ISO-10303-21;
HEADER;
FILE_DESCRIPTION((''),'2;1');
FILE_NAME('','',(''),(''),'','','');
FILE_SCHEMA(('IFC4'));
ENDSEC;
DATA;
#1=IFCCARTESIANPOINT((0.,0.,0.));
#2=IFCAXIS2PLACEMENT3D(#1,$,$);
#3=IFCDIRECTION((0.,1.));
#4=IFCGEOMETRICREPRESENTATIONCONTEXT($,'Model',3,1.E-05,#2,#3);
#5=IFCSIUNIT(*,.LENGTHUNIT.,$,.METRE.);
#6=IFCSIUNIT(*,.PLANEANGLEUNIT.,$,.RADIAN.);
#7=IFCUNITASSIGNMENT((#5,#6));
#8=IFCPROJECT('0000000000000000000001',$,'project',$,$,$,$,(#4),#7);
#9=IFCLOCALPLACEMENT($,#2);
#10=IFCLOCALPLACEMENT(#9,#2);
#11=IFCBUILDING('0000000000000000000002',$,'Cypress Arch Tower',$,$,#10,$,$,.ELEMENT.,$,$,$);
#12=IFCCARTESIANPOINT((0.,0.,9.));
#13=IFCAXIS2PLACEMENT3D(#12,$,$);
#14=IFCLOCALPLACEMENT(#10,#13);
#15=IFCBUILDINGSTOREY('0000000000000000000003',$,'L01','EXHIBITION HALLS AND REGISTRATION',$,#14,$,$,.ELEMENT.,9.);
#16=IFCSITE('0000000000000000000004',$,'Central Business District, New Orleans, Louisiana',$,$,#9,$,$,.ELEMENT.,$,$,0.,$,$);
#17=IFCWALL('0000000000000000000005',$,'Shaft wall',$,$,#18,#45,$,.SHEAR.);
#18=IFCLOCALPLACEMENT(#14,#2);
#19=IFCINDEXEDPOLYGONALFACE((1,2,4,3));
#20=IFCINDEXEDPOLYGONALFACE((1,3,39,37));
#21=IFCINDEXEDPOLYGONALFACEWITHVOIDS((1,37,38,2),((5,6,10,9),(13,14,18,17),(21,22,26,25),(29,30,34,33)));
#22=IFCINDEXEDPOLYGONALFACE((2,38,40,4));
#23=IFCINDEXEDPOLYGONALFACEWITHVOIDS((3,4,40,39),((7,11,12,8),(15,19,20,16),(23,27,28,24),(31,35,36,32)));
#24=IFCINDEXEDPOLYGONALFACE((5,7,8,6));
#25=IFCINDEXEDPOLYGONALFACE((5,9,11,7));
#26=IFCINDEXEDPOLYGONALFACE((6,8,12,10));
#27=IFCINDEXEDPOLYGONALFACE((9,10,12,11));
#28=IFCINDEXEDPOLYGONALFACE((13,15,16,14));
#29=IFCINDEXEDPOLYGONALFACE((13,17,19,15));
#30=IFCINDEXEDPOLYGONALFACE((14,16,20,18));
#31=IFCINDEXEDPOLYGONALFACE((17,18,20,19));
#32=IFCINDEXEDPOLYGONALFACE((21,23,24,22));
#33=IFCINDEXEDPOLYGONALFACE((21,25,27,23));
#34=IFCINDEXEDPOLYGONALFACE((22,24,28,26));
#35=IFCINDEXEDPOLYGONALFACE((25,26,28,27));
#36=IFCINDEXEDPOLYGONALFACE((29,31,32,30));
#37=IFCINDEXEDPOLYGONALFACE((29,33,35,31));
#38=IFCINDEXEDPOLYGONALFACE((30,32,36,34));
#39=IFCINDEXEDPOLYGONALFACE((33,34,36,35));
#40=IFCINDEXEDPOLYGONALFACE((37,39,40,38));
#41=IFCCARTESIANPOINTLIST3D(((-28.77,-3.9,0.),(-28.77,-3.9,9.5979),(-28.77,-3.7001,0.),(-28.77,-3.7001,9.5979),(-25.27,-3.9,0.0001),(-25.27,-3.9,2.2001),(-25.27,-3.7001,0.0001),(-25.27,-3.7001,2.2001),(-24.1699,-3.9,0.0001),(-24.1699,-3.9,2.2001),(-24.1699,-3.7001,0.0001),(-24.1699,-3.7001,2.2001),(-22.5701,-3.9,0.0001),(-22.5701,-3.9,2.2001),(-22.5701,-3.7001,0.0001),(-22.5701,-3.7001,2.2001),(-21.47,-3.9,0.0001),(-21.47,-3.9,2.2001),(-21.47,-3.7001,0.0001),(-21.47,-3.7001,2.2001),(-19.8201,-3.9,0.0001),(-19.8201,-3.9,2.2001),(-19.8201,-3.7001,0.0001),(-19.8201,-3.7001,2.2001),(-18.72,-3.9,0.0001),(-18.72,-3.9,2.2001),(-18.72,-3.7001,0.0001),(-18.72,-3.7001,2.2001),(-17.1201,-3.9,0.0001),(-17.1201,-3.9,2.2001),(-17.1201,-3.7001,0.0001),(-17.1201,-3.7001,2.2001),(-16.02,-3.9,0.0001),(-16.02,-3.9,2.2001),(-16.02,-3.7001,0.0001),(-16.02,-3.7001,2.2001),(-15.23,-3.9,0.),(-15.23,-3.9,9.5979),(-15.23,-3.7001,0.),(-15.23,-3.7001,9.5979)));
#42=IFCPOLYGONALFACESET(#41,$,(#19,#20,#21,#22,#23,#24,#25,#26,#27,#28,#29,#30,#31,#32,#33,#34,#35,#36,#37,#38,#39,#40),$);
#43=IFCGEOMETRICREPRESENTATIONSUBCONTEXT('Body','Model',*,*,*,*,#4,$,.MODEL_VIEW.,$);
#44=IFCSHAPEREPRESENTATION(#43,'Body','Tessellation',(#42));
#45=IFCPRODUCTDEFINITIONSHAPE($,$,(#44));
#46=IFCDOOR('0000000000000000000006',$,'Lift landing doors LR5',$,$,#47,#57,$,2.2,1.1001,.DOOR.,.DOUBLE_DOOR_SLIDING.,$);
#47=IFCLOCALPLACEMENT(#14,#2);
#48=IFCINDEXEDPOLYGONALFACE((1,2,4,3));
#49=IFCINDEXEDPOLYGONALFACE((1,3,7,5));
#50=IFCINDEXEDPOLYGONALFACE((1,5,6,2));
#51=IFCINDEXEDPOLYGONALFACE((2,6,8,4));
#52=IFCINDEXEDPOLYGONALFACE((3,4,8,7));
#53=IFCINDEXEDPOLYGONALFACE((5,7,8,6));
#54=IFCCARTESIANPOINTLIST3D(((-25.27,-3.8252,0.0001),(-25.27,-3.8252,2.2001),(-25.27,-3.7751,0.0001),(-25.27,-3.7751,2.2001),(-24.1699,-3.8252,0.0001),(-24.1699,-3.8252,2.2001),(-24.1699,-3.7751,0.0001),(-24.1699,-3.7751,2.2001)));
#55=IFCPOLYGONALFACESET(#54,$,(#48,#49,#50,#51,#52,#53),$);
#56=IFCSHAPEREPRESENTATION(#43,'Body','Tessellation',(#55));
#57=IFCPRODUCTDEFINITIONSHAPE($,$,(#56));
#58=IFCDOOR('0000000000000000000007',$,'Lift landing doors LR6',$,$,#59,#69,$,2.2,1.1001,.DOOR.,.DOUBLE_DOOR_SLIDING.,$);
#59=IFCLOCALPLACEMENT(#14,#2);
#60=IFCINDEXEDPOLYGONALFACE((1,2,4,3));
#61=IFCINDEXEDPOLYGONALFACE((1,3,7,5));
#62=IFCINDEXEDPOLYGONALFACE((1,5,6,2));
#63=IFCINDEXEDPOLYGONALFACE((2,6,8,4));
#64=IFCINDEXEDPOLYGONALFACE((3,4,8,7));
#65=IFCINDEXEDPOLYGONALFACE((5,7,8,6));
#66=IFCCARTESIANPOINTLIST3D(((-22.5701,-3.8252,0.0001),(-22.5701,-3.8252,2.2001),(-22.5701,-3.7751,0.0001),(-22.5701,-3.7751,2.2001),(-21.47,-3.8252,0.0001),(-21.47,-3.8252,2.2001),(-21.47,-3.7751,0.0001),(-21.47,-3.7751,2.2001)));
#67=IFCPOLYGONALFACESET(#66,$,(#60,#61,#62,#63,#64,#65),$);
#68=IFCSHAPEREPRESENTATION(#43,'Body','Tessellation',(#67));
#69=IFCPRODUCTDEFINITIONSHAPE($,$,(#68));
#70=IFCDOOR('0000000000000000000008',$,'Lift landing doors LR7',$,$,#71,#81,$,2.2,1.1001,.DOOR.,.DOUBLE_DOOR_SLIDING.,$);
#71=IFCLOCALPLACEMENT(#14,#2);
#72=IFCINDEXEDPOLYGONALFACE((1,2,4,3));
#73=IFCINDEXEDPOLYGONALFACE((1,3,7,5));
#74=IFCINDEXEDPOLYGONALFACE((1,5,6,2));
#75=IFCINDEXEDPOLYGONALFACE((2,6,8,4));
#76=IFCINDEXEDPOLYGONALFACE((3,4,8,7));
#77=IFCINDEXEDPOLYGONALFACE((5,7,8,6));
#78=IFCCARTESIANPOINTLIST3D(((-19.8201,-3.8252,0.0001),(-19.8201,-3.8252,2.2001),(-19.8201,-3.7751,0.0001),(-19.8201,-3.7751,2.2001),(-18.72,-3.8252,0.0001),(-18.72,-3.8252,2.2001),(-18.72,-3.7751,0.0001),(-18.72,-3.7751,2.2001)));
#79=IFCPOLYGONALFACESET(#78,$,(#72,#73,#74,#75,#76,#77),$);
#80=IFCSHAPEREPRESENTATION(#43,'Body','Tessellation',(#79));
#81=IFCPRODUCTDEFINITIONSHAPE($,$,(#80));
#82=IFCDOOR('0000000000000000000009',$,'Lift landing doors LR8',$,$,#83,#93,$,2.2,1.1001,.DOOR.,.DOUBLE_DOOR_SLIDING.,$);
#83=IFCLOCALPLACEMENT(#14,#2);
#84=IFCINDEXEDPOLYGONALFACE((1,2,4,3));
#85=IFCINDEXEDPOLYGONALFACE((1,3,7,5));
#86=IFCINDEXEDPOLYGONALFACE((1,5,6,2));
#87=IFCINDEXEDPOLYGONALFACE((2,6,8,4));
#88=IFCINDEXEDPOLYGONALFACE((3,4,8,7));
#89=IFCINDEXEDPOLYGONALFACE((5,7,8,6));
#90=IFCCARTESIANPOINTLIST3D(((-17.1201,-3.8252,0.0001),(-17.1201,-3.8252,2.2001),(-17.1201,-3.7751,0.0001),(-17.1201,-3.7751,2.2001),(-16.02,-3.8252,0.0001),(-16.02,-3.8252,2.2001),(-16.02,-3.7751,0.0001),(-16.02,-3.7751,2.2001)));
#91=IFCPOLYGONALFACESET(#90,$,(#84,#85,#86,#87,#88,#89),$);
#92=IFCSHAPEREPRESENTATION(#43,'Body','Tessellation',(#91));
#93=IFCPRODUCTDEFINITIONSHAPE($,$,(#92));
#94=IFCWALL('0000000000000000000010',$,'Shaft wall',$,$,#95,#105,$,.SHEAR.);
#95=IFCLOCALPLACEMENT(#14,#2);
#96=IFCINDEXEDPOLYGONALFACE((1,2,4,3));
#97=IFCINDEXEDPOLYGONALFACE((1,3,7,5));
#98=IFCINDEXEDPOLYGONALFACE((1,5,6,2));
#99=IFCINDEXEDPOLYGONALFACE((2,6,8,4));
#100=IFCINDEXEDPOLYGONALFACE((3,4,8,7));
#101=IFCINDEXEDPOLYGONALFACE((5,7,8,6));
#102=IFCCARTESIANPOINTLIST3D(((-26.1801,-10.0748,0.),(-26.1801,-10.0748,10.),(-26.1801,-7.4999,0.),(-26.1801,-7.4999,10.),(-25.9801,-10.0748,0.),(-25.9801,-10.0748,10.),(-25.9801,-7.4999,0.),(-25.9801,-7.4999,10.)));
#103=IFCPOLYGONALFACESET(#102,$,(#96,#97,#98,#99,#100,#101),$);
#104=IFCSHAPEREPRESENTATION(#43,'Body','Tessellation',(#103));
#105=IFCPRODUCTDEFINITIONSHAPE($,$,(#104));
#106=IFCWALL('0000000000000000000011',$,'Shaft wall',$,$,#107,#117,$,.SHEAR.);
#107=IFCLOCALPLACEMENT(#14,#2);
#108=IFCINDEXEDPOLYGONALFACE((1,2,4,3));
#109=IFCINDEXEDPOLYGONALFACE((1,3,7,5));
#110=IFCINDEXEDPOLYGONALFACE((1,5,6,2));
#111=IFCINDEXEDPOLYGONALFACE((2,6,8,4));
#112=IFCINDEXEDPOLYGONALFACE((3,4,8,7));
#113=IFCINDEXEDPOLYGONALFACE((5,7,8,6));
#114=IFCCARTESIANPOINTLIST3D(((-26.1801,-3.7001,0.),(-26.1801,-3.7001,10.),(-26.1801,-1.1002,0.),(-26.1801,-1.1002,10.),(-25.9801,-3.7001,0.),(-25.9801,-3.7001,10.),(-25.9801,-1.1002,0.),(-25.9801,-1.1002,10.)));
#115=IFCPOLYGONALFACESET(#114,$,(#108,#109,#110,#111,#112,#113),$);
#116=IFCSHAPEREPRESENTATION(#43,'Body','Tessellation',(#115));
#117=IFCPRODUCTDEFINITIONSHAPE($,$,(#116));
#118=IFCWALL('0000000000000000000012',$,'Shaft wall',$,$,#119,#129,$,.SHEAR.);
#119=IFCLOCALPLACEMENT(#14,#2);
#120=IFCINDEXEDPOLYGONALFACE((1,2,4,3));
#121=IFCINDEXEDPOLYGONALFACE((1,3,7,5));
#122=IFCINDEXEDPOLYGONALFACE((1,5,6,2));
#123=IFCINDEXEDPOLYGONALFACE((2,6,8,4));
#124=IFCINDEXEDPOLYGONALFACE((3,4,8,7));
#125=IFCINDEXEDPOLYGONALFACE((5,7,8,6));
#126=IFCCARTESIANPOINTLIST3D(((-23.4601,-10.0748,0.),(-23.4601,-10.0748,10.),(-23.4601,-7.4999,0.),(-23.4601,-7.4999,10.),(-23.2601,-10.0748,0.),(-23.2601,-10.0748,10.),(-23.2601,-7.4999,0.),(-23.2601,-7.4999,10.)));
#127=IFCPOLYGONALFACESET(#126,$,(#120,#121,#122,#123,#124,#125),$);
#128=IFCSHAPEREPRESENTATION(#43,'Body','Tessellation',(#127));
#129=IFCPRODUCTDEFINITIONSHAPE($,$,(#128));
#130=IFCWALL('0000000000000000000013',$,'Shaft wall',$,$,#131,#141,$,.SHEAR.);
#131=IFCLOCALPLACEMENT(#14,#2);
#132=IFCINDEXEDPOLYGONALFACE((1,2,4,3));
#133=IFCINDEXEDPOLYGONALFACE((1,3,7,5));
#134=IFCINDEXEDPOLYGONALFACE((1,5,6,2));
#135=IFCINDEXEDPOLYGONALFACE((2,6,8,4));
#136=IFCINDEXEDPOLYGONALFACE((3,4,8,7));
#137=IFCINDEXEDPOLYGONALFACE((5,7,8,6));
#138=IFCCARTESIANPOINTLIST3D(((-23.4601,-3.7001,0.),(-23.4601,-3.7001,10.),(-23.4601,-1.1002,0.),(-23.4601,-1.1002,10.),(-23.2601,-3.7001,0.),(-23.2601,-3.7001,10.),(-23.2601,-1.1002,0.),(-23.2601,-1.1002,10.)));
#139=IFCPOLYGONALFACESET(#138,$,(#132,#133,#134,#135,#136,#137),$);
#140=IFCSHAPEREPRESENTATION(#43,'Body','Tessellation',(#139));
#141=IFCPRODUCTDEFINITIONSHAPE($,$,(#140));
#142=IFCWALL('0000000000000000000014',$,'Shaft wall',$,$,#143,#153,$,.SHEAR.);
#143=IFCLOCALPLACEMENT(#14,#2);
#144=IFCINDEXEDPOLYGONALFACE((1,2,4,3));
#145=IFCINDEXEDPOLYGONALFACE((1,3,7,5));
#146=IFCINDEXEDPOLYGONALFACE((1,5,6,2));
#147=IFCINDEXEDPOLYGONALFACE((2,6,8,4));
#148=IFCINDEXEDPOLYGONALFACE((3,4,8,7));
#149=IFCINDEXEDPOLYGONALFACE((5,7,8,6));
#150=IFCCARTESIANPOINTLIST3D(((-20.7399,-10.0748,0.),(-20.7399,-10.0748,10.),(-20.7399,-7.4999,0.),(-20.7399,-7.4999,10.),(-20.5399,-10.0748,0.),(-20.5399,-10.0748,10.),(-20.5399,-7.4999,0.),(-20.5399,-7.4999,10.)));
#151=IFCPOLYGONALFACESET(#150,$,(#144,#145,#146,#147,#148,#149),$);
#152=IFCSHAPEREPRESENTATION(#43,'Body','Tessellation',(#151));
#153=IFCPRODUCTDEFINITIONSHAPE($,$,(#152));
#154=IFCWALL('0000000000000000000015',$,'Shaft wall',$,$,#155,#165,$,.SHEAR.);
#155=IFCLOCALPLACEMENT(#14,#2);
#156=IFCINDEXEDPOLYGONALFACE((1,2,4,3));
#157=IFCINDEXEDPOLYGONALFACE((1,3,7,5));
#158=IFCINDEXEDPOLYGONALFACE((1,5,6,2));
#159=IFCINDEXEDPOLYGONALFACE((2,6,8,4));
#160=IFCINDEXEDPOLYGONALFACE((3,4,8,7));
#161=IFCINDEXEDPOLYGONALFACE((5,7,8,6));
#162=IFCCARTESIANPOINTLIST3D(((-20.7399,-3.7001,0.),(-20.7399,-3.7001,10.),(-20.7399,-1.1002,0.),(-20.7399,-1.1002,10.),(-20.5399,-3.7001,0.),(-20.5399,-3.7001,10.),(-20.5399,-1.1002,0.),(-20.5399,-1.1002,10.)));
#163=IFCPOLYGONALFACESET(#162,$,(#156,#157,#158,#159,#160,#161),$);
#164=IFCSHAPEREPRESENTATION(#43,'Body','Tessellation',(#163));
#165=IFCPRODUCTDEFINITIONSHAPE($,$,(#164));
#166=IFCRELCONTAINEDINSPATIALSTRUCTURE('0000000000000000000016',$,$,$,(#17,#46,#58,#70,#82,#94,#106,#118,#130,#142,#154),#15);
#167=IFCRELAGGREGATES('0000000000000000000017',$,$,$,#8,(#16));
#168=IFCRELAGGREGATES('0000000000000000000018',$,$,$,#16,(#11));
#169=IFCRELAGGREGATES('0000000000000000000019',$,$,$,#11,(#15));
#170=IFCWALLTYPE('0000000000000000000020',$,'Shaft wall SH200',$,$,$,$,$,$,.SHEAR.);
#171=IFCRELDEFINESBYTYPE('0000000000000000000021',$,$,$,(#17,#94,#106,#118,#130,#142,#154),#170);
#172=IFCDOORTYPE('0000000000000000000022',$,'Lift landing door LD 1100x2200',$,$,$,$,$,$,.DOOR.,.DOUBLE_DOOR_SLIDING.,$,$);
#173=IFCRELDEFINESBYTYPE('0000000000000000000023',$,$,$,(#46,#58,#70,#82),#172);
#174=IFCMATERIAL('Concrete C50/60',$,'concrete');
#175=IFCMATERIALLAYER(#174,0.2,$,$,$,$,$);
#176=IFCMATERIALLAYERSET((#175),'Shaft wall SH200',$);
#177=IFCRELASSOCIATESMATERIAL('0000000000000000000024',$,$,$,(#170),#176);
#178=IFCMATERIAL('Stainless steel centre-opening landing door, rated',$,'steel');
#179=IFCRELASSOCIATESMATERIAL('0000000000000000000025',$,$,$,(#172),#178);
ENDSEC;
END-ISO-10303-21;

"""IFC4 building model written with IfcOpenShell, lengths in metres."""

from ifc_helpers import new_model, si_unit, direction, frame, frame_2d, origin, place, context, subcontext, project, spatial, rectangle, extrude, material, layer, layer_set, type_object, element, fill, save


model = new_model("IFC4")

# Units and contexts
model_context = context("Model", 3, precision=1e-05, world=origin(), true_north=direction((0.0, 1.0)))
body_context = subcontext(model_context, "Body", "Model", "MODEL_VIEW")
ifc_project = project(units=[si_unit("LENGTHUNIT", "METRE"), si_unit("PLANEANGLEUNIT", "RADIAN")], contexts=[model_context])

# Site, building, storey
site_placement = place(None, origin())
site = spatial("IfcSite", under=ifc_project, at=site_placement, Name="Central Business District, New Orleans, Louisiana", CompositionType="ELEMENT", RefElevation=0.0)
building_placement = place(site_placement, origin())
building = spatial("IfcBuilding", under=site, at=building_placement, Name="Cypress Arch Tower", CompositionType="ELEMENT")
storey_placement = place(building_placement, frame((0.0, 0.0, 9.0)))
storey = spatial("IfcBuildingStorey", under=building, at=storey_placement, Name="L01", Description="EXHIBITION HALLS AND REGISTRATION", CompositionType="ELEMENT", Elevation=9.0)

# Wall, openings, doors
ifc_material_1 = material(Name="Concrete C50/60", Category="concrete")
ifc_layer_1 = layer(ifc_material_1, 0.2)
ifc_layer_set_1 = layer_set([ifc_layer_1], Name="Shaft wall SH200")
wall_type_1 = type_object("IfcWallType", Name="Shaft wall SH200", PredefinedType="SHEAR", material=ifc_layer_set_1)
ifc_material_2 = material(Name="Stainless steel centre-opening landing door, rated", Category="steel")
door_type = type_object("IfcDoorType", Name="Lift landing door LD 1100x2200", OperationType="DOUBLE_DOOR_SLIDING", PredefinedType="DOOR", material=ifc_material_2)
wall_1_placement = place(storey_placement, frame((-28.77, -3.8, 0.0), z_axis=(0.0, 0.0, 1.0), x_axis=(1.0, 0.0, 0.0)))
wall_1 = element("IfcWall", 1, at=wall_1_placement, inside=storey, type_object=wall_type_1, Name="Shaft wall", PredefinedType="SHEAR", context=body_context, shape_type="SweptSolid", body=[
    extrude(rectangle(XDim=13.54, YDim=0.2, at=frame_2d((6.77, 0.0))), origin(), (0.0, 0.0, 1.0), 9.5979),
])
opening_1_placement = place(wall_1_placement, frame((3.5, 0.0, 0.0)))
opening_1 = element("IfcOpeningElement", 2, at=opening_1_placement, cuts=wall_1, PredefinedType="OPENING", context=body_context, shape_type="SweptSolid", body=[
    extrude(rectangle(XDim=1.1001, YDim=2.2, at=frame_2d((0.55, 1.1001))), frame((0.0, 0.1099, 0.0), z_axis=(0.0, -1.0, 0.0), x_axis=(1.0, 0.0, 0.0)), (0.0, 0.0, 1.0), 0.22),
])
opening_2_placement = place(wall_1_placement, frame((6.2, 0.0, 0.0)))
opening_2 = element("IfcOpeningElement", 3, at=opening_2_placement, cuts=wall_1, PredefinedType="OPENING", context=body_context, shape_type="SweptSolid", body=[
    extrude(rectangle(XDim=1.1001, YDim=2.2, at=frame_2d((0.55, 1.1001))), frame((0.0, 0.1099, 0.0), z_axis=(0.0, -1.0, 0.0), x_axis=(1.0, 0.0, 0.0)), (0.0, 0.0, 1.0), 0.22),
])
opening_3_placement = place(wall_1_placement, frame((8.95, 0.0, 0.0)))
opening_3 = element("IfcOpeningElement", 4, at=opening_3_placement, cuts=wall_1, PredefinedType="OPENING", context=body_context, shape_type="SweptSolid", body=[
    extrude(rectangle(XDim=1.1001, YDim=2.2, at=frame_2d((0.55, 1.1001))), frame((0.0, 0.1099, 0.0), z_axis=(0.0, -1.0, 0.0), x_axis=(1.0, 0.0, 0.0)), (0.0, 0.0, 1.0), 0.22),
])
opening_4_placement = place(wall_1_placement, frame((11.6499, 0.0, 0.0)))
opening_4 = element("IfcOpeningElement", 5, at=opening_4_placement, cuts=wall_1, PredefinedType="OPENING", context=body_context, shape_type="SweptSolid", body=[
    extrude(rectangle(XDim=1.1001, YDim=2.2, at=frame_2d((0.55, 1.1001))), frame((0.0, 0.1099, 0.0), z_axis=(0.0, -1.0, 0.0), x_axis=(1.0, 0.0, 0.0)), (0.0, 0.0, 1.0), 0.22),
])
door_1_placement = place(opening_1_placement, origin())
door_1 = element("IfcDoor", 6, at=door_1_placement, inside=storey, type_object=door_type, Name="Lift landing doors LR5", OperationType="DOUBLE_DOOR_SLIDING", OverallHeight=2.2, OverallWidth=1.1001, PredefinedType="DOOR", context=body_context, shape_type="SweptSolid", body=[
    extrude(rectangle(XDim=1.1001, YDim=2.2, at=frame_2d((0.55, 1.1001))), frame((0.0, 0.0249, 0.0), z_axis=(0.0, -1.0, 0.0), x_axis=(1.0, 0.0, 0.0)), (0.0, 0.0, 1.0), 0.05),
])
fill(opening_1, door_1)
door_2_placement = place(opening_2_placement, origin())
door_2 = element("IfcDoor", 7, at=door_2_placement, inside=storey, type_object=door_type, Name="Lift landing doors LR6", OperationType="DOUBLE_DOOR_SLIDING", OverallHeight=2.2, OverallWidth=1.1001, PredefinedType="DOOR", context=body_context, shape_type="SweptSolid", body=[
    extrude(rectangle(XDim=1.1001, YDim=2.2, at=frame_2d((0.55, 1.1001))), frame((0.0, 0.0249, 0.0), z_axis=(0.0, -1.0, 0.0), x_axis=(1.0, 0.0, 0.0)), (0.0, 0.0, 1.0), 0.05),
])
fill(opening_2, door_2)
door_3_placement = place(opening_3_placement, origin())
door_3 = element("IfcDoor", 8, at=door_3_placement, inside=storey, type_object=door_type, Name="Lift landing doors LR7", OperationType="DOUBLE_DOOR_SLIDING", OverallHeight=2.2, OverallWidth=1.1001, PredefinedType="DOOR", context=body_context, shape_type="SweptSolid", body=[
    extrude(rectangle(XDim=1.1001, YDim=2.2, at=frame_2d((0.55, 1.1001))), frame((0.0, 0.0249, 0.0), z_axis=(0.0, -1.0, 0.0), x_axis=(1.0, 0.0, 0.0)), (0.0, 0.0, 1.0), 0.05),
])
fill(opening_3, door_3)
door_4_placement = place(opening_4_placement, origin())
door_4 = element("IfcDoor", 9, at=door_4_placement, inside=storey, type_object=door_type, Name="Lift landing doors LR8", OperationType="DOUBLE_DOOR_SLIDING", OverallHeight=2.2, OverallWidth=1.1001, PredefinedType="DOOR", context=body_context, shape_type="SweptSolid", body=[
    extrude(rectangle(XDim=1.1001, YDim=2.2, at=frame_2d((0.55, 1.1001))), frame((0.0, 0.0249, 0.0), z_axis=(0.0, -1.0, 0.0), x_axis=(1.0, 0.0, 0.0)), (0.0, 0.0, 1.0), 0.05),
])
fill(opening_4, door_4)

# Walls
wall_2_placement = place(storey_placement, frame((-26.0801, -10.075, 0.0), z_axis=(0.0, 0.0, 1.0), x_axis=(0.0, 1.0, 0.0)))
element("IfcWall", 10, at=wall_2_placement, inside=storey, type_object=wall_type_1, Name="Shaft wall", PredefinedType="SHEAR", context=body_context, shape_type="SweptSolid", body=[
    extrude(rectangle(XDim=2.575, YDim=0.2, at=frame_2d((1.2876, 0.0))), origin(), (0.0, 0.0, 1.0), 10.0),
])
wall_3_placement = place(storey_placement, frame((-26.0801, -3.7, 0.0), z_axis=(0.0, 0.0, 1.0), x_axis=(0.0, 1.0, 0.0)))
element("IfcWall", 11, at=wall_3_placement, inside=storey, type_object=wall_type_1, Name="Shaft wall", PredefinedType="SHEAR", context=body_context, shape_type="SweptSolid", body=[
    extrude(rectangle(XDim=2.5999, YDim=0.2, at=frame_2d((1.2998, 0.0))), origin(), (0.0, 0.0, 1.0), 10.0),
])
wall_4_placement = place(storey_placement, frame((-23.3601, -10.075, 0.0), z_axis=(0.0, 0.0, 1.0), x_axis=(0.0, 1.0, 0.0)))
element("IfcWall", 12, at=wall_4_placement, inside=storey, type_object=wall_type_1, Name="Shaft wall", PredefinedType="SHEAR", context=body_context, shape_type="SweptSolid", body=[
    extrude(rectangle(XDim=2.575, YDim=0.2, at=frame_2d((1.2876, 0.0))), origin(), (0.0, 0.0, 1.0), 10.0),
])
wall_5_placement = place(storey_placement, frame((-23.3601, -3.7, 0.0), z_axis=(0.0, 0.0, 1.0), x_axis=(0.0, 1.0, 0.0)))
element("IfcWall", 13, at=wall_5_placement, inside=storey, type_object=wall_type_1, Name="Shaft wall", PredefinedType="SHEAR", context=body_context, shape_type="SweptSolid", body=[
    extrude(rectangle(XDim=2.5999, YDim=0.2, at=frame_2d((1.2998, 0.0))), origin(), (0.0, 0.0, 1.0), 10.0),
])
wall_6_placement = place(storey_placement, frame((-20.6399, -10.075, 0.0), z_axis=(0.0, 0.0, 1.0), x_axis=(0.0, 1.0, 0.0)))
element("IfcWall", 14, at=wall_6_placement, inside=storey, type_object=wall_type_1, Name="Shaft wall", PredefinedType="SHEAR", context=body_context, shape_type="SweptSolid", body=[
    extrude(rectangle(XDim=2.575, YDim=0.2, at=frame_2d((1.2876, 0.0))), origin(), (0.0, 0.0, 1.0), 10.0),
])
wall_7_placement = place(storey_placement, frame((-20.6399, -3.7, 0.0), z_axis=(0.0, 0.0, 1.0), x_axis=(0.0, 1.0, 0.0)))
element("IfcWall", 15, at=wall_7_placement, inside=storey, type_object=wall_type_1, Name="Shaft wall", PredefinedType="SHEAR", context=body_context, shape_type="SweptSolid", body=[
    extrude(rectangle(XDim=2.5999, YDim=0.2, at=frame_2d((1.2998, 0.0))), origin(), (0.0, 0.0, 1.0), 10.0),
])

save(model, "model.ifc")
